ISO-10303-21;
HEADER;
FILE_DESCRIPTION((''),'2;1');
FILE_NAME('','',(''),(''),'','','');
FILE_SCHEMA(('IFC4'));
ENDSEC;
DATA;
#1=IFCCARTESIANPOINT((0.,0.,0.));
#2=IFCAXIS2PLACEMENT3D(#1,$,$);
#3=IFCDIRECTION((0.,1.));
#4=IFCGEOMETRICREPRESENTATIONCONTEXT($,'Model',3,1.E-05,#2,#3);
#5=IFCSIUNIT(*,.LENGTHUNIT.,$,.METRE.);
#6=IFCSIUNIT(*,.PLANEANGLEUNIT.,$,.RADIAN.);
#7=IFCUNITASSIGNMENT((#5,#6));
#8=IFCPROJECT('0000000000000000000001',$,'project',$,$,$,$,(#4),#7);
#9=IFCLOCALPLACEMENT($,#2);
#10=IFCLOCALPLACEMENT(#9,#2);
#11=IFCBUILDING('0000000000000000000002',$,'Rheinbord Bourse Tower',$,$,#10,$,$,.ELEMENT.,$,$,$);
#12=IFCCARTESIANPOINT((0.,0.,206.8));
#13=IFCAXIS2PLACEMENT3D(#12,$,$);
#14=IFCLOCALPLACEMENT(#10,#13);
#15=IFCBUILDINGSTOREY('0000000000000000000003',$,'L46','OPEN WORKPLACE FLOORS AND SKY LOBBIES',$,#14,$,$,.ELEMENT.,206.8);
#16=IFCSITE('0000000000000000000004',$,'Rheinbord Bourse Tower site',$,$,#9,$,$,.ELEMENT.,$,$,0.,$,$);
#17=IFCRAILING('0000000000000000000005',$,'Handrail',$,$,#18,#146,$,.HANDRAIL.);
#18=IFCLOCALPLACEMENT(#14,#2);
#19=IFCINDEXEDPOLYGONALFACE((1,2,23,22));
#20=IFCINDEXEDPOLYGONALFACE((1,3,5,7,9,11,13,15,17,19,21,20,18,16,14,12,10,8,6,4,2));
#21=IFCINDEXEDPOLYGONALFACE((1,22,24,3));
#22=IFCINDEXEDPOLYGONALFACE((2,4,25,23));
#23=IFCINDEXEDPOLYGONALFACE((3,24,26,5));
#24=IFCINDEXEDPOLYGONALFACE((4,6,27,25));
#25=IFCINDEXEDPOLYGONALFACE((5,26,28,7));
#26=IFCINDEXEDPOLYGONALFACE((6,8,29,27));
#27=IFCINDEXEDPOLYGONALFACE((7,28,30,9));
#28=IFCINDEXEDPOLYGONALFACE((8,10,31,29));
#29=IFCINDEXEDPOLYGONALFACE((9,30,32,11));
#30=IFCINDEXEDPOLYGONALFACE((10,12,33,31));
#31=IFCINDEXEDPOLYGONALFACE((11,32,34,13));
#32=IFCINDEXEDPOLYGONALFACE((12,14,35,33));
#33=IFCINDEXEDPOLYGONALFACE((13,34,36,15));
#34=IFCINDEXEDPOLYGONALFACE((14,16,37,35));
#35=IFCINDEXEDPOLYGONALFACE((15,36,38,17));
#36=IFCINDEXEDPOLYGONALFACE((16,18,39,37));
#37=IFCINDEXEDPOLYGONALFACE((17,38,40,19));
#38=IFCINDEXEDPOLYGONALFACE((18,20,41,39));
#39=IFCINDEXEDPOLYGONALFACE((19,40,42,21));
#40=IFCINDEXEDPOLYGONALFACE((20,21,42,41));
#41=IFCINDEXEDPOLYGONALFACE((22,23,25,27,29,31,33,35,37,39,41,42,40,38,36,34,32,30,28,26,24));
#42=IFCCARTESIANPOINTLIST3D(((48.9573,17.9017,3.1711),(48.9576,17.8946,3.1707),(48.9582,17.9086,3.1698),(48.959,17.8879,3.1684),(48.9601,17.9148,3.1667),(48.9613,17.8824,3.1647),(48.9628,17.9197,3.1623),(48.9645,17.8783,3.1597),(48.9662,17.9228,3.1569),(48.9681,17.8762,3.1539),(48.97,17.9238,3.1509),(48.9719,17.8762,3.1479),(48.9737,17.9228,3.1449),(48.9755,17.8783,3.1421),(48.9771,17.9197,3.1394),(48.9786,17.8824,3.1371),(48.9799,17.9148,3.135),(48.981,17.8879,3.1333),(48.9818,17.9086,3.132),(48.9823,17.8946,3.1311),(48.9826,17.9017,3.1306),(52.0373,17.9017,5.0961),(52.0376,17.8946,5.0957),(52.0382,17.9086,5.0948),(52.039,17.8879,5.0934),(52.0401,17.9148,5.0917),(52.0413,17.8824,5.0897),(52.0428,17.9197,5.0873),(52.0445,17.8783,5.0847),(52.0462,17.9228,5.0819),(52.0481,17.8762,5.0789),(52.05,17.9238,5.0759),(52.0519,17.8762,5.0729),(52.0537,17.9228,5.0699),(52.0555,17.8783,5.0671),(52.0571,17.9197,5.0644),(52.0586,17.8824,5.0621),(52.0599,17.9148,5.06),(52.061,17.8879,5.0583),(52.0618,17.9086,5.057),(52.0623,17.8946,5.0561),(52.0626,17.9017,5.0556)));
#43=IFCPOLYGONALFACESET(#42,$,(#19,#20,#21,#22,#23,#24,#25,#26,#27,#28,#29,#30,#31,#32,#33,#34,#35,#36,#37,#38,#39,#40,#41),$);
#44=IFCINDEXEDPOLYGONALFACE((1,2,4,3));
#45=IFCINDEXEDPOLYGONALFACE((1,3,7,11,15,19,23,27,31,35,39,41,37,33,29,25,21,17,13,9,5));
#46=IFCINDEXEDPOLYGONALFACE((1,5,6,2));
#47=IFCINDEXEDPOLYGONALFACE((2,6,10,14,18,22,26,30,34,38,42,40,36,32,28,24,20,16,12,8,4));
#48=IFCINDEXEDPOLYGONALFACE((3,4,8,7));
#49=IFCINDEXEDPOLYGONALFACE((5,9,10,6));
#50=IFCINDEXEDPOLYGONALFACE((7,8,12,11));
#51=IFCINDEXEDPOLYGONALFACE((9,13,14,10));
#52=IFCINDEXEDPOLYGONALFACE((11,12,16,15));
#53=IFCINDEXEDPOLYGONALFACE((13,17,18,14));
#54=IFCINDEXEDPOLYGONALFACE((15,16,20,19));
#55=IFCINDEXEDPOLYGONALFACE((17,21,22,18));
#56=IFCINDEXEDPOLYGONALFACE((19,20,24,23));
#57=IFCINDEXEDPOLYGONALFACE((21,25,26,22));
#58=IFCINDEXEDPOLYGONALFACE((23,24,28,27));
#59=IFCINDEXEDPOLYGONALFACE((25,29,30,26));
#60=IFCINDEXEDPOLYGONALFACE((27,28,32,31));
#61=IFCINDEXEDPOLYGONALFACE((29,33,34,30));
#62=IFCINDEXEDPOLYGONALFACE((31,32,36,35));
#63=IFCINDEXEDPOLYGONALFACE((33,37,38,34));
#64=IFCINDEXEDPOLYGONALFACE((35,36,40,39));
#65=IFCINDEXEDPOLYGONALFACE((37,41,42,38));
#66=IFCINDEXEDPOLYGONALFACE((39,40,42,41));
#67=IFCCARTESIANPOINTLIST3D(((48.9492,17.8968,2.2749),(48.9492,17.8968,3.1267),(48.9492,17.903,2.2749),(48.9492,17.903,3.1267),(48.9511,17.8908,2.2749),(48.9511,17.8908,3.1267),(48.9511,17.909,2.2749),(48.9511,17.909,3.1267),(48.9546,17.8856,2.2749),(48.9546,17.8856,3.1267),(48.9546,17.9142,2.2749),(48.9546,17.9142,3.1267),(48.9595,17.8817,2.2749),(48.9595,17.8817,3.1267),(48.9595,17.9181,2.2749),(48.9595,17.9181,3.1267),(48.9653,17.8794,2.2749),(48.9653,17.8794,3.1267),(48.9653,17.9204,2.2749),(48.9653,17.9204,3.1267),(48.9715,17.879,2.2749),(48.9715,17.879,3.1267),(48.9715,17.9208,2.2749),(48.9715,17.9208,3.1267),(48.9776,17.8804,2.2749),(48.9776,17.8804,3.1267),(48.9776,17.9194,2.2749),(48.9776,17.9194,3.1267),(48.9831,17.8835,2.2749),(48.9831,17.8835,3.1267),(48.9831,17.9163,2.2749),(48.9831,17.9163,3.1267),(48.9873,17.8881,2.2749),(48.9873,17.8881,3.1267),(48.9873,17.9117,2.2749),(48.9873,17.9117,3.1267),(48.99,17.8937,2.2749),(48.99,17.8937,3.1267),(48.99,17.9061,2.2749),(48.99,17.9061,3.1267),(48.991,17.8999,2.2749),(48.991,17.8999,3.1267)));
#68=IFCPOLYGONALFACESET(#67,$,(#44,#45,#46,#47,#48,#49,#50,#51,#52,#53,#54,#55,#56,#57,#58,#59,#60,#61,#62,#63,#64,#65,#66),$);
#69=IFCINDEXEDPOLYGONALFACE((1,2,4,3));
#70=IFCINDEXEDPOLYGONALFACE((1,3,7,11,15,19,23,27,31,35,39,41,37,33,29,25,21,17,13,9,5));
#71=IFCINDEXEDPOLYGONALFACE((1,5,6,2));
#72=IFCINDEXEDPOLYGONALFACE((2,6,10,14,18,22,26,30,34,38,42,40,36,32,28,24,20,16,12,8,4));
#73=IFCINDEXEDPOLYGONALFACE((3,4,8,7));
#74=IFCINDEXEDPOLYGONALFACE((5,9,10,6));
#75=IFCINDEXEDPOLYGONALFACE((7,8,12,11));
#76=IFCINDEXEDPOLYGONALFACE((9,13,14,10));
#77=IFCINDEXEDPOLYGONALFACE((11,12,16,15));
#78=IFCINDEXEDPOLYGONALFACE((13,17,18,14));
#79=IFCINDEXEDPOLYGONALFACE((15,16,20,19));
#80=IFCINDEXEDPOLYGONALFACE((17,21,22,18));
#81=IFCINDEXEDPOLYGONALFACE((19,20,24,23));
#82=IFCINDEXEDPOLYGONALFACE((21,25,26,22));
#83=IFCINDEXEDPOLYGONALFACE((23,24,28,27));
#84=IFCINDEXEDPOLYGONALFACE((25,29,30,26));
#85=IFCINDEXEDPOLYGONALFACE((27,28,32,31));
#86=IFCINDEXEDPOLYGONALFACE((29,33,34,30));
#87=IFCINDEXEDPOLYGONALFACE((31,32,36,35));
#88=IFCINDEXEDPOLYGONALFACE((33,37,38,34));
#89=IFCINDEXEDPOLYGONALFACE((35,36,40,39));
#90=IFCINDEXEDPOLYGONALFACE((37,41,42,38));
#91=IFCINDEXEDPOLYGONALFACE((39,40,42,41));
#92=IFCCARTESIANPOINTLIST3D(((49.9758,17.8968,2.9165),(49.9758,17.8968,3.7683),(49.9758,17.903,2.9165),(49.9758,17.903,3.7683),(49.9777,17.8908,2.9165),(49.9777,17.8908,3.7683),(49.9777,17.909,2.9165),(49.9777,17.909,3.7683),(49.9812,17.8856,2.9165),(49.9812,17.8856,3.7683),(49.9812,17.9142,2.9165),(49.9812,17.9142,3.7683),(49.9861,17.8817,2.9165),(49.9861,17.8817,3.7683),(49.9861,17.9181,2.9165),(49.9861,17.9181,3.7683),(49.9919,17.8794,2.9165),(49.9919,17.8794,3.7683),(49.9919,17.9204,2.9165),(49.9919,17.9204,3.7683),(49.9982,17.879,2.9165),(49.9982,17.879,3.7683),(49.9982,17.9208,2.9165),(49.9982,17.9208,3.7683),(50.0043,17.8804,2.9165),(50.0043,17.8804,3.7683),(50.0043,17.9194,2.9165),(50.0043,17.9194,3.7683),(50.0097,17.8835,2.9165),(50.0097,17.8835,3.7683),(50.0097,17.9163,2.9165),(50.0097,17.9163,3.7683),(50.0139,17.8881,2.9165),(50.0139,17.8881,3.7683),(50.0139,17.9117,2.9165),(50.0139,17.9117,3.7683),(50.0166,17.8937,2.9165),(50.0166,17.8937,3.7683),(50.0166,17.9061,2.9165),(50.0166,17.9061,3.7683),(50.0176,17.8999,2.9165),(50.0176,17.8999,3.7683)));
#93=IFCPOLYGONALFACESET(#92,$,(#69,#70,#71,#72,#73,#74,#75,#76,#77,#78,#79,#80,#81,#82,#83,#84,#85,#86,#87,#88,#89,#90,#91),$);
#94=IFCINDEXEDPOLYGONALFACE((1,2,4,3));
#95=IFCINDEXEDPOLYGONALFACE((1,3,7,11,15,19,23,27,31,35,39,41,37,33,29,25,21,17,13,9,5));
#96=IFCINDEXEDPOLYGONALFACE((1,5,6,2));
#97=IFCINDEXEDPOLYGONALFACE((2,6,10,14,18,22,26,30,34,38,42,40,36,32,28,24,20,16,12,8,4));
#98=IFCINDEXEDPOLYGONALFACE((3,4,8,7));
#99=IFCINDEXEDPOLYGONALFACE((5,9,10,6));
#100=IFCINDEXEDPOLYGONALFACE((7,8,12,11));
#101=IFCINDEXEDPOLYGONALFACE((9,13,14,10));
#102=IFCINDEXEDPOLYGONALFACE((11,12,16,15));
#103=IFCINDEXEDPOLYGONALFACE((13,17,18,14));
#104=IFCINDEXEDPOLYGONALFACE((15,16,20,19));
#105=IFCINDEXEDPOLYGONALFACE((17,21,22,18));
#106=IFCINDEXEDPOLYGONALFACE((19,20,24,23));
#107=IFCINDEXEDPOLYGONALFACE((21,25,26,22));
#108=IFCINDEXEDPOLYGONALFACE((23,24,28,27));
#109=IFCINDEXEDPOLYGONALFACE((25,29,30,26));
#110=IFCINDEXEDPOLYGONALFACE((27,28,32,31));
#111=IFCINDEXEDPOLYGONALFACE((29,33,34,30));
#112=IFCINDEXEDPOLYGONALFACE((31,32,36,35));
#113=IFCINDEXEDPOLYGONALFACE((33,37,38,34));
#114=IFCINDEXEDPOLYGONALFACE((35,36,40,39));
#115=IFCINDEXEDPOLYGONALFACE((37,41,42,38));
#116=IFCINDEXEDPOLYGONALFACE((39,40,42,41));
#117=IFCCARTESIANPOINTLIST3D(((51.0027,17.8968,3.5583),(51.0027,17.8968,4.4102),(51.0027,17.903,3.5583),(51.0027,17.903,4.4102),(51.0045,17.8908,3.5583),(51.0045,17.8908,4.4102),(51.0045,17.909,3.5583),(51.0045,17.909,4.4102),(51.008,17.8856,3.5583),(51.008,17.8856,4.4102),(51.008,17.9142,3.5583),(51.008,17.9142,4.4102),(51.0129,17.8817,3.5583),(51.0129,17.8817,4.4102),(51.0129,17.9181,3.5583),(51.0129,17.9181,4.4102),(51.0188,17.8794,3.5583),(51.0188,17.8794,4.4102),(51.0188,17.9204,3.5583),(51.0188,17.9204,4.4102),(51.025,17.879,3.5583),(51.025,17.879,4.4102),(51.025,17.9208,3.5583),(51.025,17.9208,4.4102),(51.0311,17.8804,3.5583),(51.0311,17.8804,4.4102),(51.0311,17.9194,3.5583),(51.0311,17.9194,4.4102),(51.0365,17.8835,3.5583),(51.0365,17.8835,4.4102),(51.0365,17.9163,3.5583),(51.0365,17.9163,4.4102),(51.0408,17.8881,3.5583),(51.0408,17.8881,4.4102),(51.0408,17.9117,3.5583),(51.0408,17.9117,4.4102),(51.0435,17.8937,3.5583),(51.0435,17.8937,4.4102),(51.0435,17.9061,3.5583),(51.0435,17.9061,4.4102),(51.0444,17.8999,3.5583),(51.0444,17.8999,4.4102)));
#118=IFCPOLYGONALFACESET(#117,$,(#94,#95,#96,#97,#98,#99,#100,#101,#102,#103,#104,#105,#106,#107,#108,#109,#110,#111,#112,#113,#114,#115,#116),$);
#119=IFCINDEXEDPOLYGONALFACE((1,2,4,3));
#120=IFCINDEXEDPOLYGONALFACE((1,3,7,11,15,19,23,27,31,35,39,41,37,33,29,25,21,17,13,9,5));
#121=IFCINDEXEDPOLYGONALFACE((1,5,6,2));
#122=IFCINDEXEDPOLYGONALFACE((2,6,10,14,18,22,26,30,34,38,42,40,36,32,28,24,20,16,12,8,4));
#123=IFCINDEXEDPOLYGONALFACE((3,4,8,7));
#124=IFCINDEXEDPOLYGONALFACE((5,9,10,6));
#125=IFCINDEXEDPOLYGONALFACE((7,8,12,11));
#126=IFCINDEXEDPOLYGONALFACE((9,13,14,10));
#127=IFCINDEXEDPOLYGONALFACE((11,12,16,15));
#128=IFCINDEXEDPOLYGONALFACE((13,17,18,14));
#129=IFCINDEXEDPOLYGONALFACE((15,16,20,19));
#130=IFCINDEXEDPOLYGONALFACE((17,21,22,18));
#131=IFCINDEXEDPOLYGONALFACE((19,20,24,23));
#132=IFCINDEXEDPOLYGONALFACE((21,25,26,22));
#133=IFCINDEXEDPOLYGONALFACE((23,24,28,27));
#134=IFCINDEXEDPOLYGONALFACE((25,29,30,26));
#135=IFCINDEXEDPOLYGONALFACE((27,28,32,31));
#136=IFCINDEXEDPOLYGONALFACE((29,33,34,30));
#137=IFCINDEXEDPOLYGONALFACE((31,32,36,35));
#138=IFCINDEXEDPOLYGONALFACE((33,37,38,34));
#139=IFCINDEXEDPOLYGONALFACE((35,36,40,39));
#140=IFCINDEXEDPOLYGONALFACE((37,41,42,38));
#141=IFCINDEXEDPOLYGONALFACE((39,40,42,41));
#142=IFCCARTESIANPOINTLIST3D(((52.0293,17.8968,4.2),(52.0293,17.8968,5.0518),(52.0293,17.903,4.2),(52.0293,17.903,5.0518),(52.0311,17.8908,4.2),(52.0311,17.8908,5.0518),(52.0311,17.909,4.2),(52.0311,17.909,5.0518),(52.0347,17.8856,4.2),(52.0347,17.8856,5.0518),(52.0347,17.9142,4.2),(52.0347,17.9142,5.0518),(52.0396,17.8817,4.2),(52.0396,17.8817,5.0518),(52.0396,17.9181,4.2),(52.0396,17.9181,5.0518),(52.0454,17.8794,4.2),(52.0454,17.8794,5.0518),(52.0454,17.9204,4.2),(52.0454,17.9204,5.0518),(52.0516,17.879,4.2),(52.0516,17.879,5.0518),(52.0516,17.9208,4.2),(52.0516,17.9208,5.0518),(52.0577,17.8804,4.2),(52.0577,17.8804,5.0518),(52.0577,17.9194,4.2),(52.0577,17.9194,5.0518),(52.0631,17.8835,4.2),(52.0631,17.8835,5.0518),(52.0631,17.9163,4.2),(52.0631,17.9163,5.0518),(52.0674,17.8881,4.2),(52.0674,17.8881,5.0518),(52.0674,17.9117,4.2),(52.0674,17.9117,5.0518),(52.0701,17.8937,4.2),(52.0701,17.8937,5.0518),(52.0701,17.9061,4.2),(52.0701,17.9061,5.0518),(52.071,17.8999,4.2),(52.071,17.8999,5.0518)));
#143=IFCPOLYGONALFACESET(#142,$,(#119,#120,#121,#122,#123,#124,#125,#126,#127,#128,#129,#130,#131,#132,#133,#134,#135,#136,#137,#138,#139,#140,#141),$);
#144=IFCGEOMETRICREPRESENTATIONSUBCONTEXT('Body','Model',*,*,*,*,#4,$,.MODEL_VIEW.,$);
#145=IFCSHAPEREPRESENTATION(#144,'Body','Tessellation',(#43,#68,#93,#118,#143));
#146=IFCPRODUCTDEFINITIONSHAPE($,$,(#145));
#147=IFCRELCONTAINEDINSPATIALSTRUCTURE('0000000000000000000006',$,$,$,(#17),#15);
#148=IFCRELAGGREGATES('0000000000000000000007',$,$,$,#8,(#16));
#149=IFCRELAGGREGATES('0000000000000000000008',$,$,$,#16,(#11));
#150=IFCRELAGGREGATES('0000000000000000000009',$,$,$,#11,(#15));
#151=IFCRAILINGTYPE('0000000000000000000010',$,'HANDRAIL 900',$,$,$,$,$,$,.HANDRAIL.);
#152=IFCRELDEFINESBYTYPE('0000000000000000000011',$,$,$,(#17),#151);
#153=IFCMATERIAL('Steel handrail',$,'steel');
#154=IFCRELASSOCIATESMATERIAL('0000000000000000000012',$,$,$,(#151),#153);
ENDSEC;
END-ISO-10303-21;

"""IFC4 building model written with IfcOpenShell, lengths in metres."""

from ifc_helpers import new_model, si_unit, direction, frame, origin, origin_2d, place, context, subcontext, project, spatial, circle, extrude, material, type_object, element, save


model = new_model("IFC4")

# Units and contexts
model_context = context("Model", 3, precision=1e-05, world=origin(), true_north=direction((0.0, 1.0)))
body_context = subcontext(model_context, "Body", "Model", "MODEL_VIEW")
ifc_project = project(units=[si_unit("LENGTHUNIT", "METRE"), si_unit("PLANEANGLEUNIT", "RADIAN")], contexts=[model_context])

# Site, building, storey
site_placement = place(None, origin())
site = spatial("IfcSite", under=ifc_project, at=site_placement, Name="Rheinbord Bourse Tower site", CompositionType="ELEMENT", RefElevation=0.0)
building_placement = place(site_placement, origin())
building = spatial("IfcBuilding", under=site, at=building_placement, Name="Rheinbord Bourse Tower", CompositionType="ELEMENT")
storey_placement = place(building_placement, frame((0.0, 0.0, 206.8)))
storey = spatial("IfcBuildingStorey", under=building, at=storey_placement, Name="L46", Description="OPEN WORKPLACE FLOORS AND SKY LOBBIES", CompositionType="ELEMENT", Elevation=206.8)

# Railing
ifc_material_1 = material(Name="Steel handrail", Category="steel")
railing_type = type_object("IfcRailingType", Name="HANDRAIL 900", PredefinedType="HANDRAIL", material=ifc_material_1)
railing_1_placement = place(storey_placement, frame((48.97, 17.8999, 2.2749)))
element("IfcRailing", 1, at=railing_1_placement, inside=storey, type_object=railing_type, Name="Handrail", PredefinedType="HANDRAIL", context=body_context, shape_type="SweptSolid", body=[
    extrude(circle(Radius=0.0239, at=origin_2d()), frame((0.0, 0.0, 0.876), z_axis=(0.847998, 0.0, 0.529999), x_axis=(0.0, 1.0, 0.0)), (0.0, 0.0, 1.0), 3.6321),
    extrude(circle(Radius=0.021, at=origin_2d()), origin(), (0.0, 0.0, 1.0), 0.8518),
    extrude(circle(Radius=0.021, at=origin_2d()), frame((1.0266, 0.0, 0.6416)), (0.0, 0.0, 1.0), 0.8518),
    extrude(circle(Radius=0.021, at=origin_2d()), frame((2.0535, 0.0, 1.2834)), (0.0, 0.0, 1.0), 0.8518),
    extrude(circle(Radius=0.021, at=origin_2d()), frame((3.0801, 0.0, 1.925)), (0.0, 0.0, 1.0), 0.8518),
])

save(model, "model.ifc")
